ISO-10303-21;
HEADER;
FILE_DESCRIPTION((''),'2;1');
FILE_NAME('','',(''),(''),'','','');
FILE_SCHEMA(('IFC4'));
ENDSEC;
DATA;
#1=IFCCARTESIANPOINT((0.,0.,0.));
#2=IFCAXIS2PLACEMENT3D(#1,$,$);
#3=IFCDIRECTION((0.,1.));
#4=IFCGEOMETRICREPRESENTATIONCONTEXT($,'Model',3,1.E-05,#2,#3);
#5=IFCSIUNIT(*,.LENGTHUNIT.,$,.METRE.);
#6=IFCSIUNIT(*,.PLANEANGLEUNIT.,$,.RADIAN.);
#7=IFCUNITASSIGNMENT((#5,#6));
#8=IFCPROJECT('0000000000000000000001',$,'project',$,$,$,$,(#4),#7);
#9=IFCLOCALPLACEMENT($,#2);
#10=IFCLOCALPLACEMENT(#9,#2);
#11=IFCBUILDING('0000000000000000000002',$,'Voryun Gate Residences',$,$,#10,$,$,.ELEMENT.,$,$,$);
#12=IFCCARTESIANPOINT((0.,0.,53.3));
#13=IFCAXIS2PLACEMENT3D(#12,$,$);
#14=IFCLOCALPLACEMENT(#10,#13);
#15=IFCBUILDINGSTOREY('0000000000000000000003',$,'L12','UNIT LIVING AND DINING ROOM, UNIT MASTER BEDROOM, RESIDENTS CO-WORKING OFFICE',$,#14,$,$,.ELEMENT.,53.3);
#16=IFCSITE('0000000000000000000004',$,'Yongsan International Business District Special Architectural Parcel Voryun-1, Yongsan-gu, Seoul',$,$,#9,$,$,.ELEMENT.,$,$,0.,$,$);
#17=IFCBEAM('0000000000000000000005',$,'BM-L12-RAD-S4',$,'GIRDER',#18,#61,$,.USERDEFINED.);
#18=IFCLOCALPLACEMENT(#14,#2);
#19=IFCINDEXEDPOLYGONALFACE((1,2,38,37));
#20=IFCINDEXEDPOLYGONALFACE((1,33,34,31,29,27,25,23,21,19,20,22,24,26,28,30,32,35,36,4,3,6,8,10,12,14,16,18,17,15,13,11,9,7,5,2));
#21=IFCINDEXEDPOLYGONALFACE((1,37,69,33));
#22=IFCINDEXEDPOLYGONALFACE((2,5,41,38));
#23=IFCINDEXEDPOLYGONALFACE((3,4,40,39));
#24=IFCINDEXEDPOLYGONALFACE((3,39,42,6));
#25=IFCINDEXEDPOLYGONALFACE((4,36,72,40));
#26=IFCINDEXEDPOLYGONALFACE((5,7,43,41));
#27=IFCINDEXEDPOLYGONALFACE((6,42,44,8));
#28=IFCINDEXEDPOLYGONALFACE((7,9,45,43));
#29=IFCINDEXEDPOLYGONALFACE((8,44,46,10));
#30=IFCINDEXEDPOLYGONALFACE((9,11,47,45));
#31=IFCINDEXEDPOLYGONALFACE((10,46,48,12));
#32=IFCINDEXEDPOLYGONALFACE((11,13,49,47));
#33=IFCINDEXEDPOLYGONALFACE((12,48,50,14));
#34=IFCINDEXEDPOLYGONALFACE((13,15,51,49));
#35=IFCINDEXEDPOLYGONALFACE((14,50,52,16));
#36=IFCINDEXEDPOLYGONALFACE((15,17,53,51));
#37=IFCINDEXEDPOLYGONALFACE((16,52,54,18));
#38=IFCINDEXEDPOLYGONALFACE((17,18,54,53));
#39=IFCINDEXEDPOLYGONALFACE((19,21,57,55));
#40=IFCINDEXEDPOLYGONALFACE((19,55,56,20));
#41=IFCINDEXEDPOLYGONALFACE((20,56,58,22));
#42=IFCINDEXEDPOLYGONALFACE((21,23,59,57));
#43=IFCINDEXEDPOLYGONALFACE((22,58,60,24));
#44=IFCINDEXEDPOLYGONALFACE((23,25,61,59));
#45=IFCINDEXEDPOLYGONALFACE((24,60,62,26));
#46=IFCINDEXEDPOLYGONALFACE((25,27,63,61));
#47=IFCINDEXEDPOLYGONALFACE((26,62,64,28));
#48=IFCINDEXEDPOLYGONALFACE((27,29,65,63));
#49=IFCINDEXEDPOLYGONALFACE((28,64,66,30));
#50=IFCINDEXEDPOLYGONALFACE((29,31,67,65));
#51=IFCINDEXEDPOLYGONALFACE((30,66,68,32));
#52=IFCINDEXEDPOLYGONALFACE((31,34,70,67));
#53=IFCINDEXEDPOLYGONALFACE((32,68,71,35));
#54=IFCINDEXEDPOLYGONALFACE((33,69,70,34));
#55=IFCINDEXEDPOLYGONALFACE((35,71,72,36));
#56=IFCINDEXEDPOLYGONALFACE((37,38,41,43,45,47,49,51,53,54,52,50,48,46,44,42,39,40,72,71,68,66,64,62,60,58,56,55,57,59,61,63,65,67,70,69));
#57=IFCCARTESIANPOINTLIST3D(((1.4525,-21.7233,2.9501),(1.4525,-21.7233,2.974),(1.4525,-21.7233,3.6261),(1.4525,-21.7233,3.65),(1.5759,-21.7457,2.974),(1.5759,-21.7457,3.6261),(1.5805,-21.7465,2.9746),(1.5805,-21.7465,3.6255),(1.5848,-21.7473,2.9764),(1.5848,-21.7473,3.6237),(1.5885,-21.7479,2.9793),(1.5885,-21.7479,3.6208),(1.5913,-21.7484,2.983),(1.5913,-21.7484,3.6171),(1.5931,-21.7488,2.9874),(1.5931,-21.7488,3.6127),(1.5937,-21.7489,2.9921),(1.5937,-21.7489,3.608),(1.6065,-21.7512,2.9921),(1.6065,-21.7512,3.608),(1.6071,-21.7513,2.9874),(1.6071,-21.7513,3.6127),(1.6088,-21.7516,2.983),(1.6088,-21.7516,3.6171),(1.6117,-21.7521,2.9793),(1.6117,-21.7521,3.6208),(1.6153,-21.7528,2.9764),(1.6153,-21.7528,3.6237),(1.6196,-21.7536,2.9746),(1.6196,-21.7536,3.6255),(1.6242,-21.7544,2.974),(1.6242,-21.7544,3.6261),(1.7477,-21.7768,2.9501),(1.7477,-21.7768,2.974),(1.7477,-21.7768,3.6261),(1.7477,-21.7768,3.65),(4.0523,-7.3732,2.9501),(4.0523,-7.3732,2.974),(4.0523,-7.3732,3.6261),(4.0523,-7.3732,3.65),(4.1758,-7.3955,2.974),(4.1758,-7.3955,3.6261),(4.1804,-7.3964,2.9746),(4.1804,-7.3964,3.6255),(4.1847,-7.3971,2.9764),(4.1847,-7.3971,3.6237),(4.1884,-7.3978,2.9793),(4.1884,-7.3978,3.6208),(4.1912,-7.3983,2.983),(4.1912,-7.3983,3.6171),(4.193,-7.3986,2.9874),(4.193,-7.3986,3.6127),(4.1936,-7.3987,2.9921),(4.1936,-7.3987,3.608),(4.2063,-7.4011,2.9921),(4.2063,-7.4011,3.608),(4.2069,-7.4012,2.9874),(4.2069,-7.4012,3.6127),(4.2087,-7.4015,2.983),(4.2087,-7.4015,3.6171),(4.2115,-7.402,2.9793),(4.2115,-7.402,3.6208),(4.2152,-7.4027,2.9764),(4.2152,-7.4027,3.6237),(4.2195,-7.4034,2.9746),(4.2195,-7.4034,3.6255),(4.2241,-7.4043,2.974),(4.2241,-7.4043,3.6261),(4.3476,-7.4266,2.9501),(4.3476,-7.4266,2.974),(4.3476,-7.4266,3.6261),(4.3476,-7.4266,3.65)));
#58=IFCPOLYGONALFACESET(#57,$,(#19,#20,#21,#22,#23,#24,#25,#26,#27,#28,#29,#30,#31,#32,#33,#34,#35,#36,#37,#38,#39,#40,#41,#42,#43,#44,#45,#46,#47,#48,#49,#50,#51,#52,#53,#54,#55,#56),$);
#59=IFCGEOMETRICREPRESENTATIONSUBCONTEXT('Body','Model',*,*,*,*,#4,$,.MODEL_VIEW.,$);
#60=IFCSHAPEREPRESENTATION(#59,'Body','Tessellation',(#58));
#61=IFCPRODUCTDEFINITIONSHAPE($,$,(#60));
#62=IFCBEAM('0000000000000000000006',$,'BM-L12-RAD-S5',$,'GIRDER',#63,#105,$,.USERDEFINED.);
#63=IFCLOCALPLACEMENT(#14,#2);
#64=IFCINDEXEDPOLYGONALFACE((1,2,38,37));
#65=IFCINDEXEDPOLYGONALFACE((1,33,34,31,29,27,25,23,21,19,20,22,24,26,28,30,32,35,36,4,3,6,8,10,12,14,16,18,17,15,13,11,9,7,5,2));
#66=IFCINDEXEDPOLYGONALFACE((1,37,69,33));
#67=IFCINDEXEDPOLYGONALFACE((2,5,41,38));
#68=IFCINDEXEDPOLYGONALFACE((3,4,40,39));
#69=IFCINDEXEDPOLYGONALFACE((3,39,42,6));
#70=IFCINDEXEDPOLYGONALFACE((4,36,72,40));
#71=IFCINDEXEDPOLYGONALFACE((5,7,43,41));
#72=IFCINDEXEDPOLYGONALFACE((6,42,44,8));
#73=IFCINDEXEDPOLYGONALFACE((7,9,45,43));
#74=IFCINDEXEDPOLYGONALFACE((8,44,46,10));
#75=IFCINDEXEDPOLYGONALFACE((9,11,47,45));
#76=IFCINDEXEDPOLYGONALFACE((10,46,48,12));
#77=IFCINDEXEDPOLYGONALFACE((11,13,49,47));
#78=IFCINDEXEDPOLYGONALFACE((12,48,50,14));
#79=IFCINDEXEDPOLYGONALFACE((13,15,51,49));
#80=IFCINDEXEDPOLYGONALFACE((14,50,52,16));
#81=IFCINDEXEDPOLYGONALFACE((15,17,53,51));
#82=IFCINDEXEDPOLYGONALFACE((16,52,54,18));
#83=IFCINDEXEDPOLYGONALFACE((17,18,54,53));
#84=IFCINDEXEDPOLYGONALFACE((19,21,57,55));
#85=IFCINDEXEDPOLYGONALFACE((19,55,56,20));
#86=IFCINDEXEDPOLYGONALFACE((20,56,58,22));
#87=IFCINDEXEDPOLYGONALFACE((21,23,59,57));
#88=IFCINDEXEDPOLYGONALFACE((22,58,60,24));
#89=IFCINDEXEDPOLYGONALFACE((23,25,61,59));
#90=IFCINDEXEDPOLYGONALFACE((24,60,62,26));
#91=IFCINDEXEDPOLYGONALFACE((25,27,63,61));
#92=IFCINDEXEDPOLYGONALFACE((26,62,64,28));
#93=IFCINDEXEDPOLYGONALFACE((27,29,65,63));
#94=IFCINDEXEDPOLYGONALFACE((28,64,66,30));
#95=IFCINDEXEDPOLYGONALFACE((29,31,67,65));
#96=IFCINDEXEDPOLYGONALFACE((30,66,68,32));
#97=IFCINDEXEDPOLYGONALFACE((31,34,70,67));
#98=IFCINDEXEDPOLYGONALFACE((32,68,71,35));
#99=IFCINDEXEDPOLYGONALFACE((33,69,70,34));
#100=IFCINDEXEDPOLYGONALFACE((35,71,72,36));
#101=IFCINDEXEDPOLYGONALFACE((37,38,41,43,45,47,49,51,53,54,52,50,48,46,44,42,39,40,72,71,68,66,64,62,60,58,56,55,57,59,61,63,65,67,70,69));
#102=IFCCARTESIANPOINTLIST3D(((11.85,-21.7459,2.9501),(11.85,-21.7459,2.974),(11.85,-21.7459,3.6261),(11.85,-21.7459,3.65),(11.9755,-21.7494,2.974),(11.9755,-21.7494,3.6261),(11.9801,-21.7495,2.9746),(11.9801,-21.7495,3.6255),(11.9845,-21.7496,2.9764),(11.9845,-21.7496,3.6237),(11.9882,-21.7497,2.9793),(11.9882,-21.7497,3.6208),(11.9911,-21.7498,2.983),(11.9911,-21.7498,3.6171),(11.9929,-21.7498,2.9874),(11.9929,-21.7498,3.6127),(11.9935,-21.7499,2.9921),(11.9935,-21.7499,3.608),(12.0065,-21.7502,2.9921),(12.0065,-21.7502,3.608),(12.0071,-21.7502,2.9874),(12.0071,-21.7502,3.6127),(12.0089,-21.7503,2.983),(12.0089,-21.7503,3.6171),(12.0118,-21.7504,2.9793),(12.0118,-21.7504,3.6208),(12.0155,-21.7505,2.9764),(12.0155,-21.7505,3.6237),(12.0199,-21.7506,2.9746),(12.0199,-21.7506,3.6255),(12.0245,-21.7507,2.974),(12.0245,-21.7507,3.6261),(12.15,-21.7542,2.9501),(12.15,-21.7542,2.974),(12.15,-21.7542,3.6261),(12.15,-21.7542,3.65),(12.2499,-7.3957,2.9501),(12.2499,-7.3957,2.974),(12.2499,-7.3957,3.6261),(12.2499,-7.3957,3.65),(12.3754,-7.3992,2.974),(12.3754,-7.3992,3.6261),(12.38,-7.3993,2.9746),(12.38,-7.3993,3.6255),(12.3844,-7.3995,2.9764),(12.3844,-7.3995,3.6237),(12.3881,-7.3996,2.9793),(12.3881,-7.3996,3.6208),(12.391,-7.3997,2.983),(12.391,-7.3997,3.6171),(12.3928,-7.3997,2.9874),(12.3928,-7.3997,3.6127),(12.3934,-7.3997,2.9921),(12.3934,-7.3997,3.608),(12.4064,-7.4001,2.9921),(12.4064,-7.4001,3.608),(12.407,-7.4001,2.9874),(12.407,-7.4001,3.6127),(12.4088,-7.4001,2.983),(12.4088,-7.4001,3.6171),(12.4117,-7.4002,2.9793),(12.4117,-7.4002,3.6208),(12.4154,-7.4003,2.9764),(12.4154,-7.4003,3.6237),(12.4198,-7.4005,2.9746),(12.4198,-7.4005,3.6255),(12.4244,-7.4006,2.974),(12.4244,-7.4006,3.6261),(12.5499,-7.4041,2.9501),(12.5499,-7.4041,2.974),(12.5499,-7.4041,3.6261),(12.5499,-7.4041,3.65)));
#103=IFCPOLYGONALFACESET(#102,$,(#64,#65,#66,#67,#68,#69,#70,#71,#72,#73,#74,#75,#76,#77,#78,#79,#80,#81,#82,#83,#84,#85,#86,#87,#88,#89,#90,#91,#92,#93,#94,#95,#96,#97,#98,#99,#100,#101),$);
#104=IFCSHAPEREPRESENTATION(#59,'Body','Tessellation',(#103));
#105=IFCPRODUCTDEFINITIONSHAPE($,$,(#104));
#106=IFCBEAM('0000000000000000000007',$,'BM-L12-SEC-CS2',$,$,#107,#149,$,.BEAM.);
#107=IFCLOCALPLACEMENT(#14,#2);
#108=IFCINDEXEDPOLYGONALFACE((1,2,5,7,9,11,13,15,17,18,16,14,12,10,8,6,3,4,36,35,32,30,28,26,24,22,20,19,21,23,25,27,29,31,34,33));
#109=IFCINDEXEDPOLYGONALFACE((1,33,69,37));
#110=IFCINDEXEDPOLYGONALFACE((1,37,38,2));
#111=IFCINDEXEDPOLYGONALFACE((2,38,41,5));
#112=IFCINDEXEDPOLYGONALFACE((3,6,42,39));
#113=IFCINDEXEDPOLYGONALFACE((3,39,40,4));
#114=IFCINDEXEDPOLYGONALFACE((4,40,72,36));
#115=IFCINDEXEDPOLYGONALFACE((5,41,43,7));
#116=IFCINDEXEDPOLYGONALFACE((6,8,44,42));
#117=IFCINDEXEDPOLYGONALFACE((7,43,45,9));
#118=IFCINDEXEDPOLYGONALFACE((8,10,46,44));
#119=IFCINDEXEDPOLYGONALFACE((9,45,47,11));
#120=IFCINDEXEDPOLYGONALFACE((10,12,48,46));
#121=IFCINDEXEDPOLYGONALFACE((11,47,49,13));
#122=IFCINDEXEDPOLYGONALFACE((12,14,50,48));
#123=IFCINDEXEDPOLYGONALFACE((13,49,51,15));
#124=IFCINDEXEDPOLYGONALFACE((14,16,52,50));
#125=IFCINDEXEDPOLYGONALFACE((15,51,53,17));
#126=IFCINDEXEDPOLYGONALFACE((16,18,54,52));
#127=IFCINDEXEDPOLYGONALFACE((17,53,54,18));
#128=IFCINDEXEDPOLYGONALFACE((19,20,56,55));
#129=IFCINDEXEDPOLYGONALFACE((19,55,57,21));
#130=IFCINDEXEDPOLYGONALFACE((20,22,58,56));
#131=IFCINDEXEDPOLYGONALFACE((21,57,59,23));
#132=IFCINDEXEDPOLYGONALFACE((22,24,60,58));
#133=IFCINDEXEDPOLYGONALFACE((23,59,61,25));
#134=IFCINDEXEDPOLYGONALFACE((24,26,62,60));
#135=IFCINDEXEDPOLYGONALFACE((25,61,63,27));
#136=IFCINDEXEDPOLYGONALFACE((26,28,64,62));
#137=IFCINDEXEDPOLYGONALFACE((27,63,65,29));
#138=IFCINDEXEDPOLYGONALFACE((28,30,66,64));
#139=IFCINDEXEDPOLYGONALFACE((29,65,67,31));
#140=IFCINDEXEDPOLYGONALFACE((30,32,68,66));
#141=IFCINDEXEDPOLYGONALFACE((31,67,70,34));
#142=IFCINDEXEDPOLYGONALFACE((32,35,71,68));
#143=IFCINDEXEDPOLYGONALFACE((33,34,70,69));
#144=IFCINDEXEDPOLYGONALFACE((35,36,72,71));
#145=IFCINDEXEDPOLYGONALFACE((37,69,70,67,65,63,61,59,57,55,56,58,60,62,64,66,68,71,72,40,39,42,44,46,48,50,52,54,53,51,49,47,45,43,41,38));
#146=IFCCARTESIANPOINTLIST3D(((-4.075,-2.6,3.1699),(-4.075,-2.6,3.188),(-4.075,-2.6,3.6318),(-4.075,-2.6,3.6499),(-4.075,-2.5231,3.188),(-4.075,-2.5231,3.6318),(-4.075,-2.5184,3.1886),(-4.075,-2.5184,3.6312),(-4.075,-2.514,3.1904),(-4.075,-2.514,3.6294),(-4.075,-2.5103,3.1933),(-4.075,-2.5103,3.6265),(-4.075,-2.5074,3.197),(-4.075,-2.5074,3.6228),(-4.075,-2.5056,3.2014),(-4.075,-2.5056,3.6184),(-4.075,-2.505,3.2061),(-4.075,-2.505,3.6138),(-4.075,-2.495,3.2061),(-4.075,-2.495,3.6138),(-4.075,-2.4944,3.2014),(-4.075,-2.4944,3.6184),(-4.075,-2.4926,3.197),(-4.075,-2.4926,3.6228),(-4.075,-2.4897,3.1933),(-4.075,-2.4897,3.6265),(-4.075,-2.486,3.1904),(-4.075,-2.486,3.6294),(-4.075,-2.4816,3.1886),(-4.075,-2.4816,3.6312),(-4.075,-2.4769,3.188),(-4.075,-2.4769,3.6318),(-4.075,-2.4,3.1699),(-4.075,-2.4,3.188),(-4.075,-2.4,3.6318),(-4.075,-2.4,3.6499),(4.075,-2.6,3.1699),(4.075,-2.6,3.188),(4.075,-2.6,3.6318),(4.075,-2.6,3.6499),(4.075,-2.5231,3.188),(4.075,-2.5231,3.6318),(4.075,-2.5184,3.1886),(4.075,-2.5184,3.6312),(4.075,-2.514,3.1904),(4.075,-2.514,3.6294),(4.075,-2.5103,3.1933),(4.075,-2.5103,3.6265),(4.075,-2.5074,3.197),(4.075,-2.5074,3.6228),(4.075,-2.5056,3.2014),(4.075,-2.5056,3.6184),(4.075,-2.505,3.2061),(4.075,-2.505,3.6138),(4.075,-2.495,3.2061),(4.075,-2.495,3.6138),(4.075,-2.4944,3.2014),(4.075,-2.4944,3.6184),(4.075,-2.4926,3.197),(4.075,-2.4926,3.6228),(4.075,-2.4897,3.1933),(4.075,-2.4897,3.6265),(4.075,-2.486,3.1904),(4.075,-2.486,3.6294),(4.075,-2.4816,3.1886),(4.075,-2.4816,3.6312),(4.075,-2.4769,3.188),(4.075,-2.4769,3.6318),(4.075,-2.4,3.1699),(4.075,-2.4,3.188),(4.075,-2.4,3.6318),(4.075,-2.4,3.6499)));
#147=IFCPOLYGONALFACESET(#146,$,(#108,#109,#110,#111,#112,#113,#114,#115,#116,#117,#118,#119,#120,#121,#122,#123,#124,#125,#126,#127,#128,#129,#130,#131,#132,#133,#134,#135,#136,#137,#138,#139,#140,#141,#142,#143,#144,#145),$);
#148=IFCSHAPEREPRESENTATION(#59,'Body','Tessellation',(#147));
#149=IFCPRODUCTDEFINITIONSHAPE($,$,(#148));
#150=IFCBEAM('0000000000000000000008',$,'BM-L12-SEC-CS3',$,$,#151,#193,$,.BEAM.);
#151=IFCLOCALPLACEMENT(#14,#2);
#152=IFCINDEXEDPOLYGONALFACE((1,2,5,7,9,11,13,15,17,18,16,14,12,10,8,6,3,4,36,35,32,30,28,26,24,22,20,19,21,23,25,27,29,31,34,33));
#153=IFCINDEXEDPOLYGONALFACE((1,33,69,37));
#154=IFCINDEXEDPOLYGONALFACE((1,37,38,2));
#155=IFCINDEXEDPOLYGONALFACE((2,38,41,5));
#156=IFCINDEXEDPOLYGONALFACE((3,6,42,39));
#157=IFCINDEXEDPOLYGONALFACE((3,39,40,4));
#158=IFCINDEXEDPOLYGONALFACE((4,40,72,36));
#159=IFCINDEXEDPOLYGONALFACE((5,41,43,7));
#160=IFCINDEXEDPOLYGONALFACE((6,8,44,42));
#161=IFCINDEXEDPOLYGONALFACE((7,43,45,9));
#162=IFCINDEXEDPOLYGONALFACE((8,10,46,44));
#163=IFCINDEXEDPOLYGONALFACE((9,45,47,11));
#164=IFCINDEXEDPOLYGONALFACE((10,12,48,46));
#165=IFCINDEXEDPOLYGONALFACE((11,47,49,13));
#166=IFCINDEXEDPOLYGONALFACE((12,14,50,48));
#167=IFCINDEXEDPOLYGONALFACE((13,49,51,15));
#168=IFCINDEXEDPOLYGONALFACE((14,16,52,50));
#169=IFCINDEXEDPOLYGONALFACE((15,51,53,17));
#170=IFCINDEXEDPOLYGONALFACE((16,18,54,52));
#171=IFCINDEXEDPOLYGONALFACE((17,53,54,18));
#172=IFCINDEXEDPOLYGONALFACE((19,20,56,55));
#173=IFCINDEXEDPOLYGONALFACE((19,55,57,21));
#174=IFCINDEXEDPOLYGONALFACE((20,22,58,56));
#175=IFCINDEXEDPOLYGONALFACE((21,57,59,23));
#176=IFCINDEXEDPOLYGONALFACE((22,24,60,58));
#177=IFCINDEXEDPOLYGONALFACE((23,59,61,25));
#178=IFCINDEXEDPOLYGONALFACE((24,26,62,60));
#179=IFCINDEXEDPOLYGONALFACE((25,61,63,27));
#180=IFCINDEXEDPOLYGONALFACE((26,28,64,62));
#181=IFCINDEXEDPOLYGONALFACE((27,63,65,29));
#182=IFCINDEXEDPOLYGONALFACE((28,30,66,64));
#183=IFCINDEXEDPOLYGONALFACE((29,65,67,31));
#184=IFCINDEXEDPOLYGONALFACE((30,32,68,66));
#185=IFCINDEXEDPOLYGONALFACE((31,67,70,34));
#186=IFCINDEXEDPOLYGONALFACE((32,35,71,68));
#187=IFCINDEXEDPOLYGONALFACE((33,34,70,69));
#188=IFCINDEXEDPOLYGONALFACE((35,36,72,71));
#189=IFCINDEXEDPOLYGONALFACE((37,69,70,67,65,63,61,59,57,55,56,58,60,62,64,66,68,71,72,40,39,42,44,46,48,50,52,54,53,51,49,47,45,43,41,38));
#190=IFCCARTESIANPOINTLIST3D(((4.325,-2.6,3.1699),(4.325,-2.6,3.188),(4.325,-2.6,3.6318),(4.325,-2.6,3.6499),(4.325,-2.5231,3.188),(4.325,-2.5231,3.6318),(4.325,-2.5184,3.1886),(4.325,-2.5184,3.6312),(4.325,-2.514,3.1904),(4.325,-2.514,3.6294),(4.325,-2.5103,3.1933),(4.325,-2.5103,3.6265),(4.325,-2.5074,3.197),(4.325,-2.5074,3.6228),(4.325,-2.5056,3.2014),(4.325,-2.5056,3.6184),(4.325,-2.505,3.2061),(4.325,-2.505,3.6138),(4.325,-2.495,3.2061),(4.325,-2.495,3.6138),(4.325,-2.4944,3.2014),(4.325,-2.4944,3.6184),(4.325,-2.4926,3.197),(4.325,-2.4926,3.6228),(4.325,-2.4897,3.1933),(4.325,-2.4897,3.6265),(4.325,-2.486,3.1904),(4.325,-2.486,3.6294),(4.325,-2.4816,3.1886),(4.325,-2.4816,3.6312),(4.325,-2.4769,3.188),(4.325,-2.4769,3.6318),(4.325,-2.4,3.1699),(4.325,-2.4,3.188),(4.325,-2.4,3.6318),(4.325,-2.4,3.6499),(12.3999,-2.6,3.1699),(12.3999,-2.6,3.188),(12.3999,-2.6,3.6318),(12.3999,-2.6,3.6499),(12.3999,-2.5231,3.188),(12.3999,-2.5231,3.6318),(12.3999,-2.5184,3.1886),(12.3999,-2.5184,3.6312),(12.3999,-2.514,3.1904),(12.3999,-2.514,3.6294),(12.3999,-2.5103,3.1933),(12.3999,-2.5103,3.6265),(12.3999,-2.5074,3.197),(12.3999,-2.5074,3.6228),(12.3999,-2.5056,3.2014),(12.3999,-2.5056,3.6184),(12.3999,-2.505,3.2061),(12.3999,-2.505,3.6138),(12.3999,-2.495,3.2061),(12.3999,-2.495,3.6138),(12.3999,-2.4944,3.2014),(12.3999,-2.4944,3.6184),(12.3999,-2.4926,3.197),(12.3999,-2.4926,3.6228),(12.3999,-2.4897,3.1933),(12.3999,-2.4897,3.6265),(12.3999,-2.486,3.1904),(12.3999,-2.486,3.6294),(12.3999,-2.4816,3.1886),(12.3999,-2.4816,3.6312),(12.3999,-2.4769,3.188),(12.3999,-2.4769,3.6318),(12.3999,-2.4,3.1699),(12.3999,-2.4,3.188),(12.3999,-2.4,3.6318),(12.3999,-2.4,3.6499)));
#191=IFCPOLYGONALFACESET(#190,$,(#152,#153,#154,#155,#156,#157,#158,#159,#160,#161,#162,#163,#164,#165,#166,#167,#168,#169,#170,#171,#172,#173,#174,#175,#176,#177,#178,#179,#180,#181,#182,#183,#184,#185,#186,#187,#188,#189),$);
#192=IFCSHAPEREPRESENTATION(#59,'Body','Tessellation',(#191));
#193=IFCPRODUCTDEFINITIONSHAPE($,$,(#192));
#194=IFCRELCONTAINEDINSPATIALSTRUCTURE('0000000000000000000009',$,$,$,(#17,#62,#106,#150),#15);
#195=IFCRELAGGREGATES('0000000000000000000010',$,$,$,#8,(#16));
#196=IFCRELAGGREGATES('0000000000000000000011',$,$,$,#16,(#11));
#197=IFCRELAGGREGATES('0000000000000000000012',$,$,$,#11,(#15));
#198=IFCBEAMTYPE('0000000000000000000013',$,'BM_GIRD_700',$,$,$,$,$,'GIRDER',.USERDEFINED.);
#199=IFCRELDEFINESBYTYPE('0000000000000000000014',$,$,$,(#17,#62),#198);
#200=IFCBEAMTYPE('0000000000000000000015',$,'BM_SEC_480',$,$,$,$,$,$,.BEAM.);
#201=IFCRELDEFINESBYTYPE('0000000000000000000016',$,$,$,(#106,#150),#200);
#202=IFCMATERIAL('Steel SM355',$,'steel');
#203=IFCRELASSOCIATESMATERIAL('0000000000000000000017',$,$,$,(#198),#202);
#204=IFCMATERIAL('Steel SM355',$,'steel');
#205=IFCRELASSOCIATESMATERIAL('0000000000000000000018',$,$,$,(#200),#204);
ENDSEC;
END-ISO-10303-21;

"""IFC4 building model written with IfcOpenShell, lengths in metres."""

from ifc_helpers import new_model, si_unit, direction, frame, origin, origin_2d, place, context, subcontext, project, spatial, i_section, extrude, material, material_profile, profile_set, type_object, element, save


model = new_model("IFC4")

# Units and contexts
model_context = context("Model", 3, precision=1e-05, world=origin(), true_north=direction((0.0, 1.0)))
body_context = subcontext(model_context, "Body", "Model", "MODEL_VIEW")
ifc_project = project(units=[si_unit("LENGTHUNIT", "METRE"), si_unit("PLANEANGLEUNIT", "RADIAN")], contexts=[model_context])

# Site, building, storey
site_placement = place(None, origin())
site = spatial("IfcSite", under=ifc_project, at=site_placement, Name="Yongsan International Business District Special Architectural Parcel Voryun-1, Yongsan-gu, Seoul", CompositionType="ELEMENT", RefElevation=0.0)
building_placement = place(site_placement, origin())
building = spatial("IfcBuilding", under=site, at=building_placement, Name="Voryun Gate Residences", CompositionType="ELEMENT")
storey_placement = place(building_placement, frame((0.0, 0.0, 53.3)))
storey = spatial("IfcBuildingStorey", under=building, at=storey_placement, Name="L12", Description="UNIT LIVING AND DINING ROOM, UNIT MASTER BEDROOM, RESIDENTS CO-WORKING OFFICE", CompositionType="ELEMENT", Elevation=53.3)

# Beams
ifc_material_1 = material(Name="Steel SM355", Category="steel")
ifc_material_profile_1 = material_profile(ifc_material_1, i_section(OverallWidth=0.3, OverallDepth=0.7, WebThickness=0.0129, FlangeThickness=0.0239, FilletRadius=0.0181, at=origin_2d()), Name="H-700x300x13x24")
ifc_profile_set_1 = profile_set([ifc_material_profile_1], Name="Steel SM355")
beam_type_1 = type_object("IfcBeamType", Name="BM_GIRD_700", ElementType="GIRDER", PredefinedType="USERDEFINED", material=ifc_profile_set_1)
beam_1_placement = place(storey_placement, frame((4.2, -7.3999, 3.3), z_axis=(-0.178271, -0.983981, 0.0), x_axis=(0.983981, -0.178271, 0.0)))
element("IfcBeam", 1, at=beam_1_placement, inside=storey, type_object=beam_type_1, Name="BM-L12-RAD-S4", ObjectType="GIRDER", PredefinedType="USERDEFINED", context=body_context, shape_type="SweptSolid", body=[
    extrude(i_section(OverallWidth=0.3, OverallDepth=0.7, WebThickness=0.0129, FlangeThickness=0.0239, FilletRadius=0.0181, at=origin_2d()), origin(), (0.0, 0.0, 1.0), 14.5837),
])
beam_2_placement = place(storey_placement, frame((12.3999, -7.3999, 3.3), z_axis=(-0.027857, -0.999612, 0.0), x_axis=(0.999612, -0.027857, 0.0)))
element("IfcBeam", 2, at=beam_2_placement, inside=storey, type_object=beam_type_1, Name="BM-L12-RAD-S5", ObjectType="GIRDER", PredefinedType="USERDEFINED", context=body_context, shape_type="SweptSolid", body=[
    extrude(i_section(OverallWidth=0.3, OverallDepth=0.7, WebThickness=0.0129, FlangeThickness=0.0239, FilletRadius=0.0181, at=origin_2d()), origin(), (0.0, 0.0, 1.0), 14.3557),
])
ifc_material_2 = material(Name="Steel SM355", Category="steel")
ifc_material_profile_2 = material_profile(ifc_material_2, i_section(OverallWidth=0.2, OverallDepth=0.48, WebThickness=0.01, FlangeThickness=0.0181, FilletRadius=0.0181, at=origin_2d()), Name="H-480x200x10x18")
ifc_profile_set_2 = profile_set([ifc_material_profile_2], Name="Steel SM355")
beam_type_2 = type_object("IfcBeamType", Name="BM_SEC_480", PredefinedType="BEAM", material=ifc_profile_set_2)
beam_3_placement = place(storey_placement, frame((-4.075, -2.5, 3.4099), z_axis=(1.0, 0.0, 0.0), x_axis=(0.0, 1.0, 0.0)))
element("IfcBeam", 3, at=beam_3_placement, inside=storey, type_object=beam_type_2, Name="BM-L12-SEC-CS2", PredefinedType="BEAM", context=body_context, shape_type="SweptSolid", body=[
    extrude(i_section(OverallWidth=0.2, OverallDepth=0.48, WebThickness=0.01, FlangeThickness=0.0181, FilletRadius=0.0181, at=origin_2d()), origin(), (0.0, 0.0, 1.0), 8.1499),
])
beam_4_placement = place(storey_placement, frame((4.325, -2.5, 3.4099), z_axis=(1.0, 0.0, 0.0), x_axis=(0.0, 1.0, 0.0)))
element("IfcBeam", 4, at=beam_4_placement, inside=storey, type_object=beam_type_2, Name="BM-L12-SEC-CS3", PredefinedType="BEAM", context=body_context, shape_type="SweptSolid", body=[
    extrude(i_section(OverallWidth=0.2, OverallDepth=0.48, WebThickness=0.01, FlangeThickness=0.0181, FilletRadius=0.0181, at=origin_2d()), origin(), (0.0, 0.0, 1.0), 8.075),
])

save(model, "model.ifc")
